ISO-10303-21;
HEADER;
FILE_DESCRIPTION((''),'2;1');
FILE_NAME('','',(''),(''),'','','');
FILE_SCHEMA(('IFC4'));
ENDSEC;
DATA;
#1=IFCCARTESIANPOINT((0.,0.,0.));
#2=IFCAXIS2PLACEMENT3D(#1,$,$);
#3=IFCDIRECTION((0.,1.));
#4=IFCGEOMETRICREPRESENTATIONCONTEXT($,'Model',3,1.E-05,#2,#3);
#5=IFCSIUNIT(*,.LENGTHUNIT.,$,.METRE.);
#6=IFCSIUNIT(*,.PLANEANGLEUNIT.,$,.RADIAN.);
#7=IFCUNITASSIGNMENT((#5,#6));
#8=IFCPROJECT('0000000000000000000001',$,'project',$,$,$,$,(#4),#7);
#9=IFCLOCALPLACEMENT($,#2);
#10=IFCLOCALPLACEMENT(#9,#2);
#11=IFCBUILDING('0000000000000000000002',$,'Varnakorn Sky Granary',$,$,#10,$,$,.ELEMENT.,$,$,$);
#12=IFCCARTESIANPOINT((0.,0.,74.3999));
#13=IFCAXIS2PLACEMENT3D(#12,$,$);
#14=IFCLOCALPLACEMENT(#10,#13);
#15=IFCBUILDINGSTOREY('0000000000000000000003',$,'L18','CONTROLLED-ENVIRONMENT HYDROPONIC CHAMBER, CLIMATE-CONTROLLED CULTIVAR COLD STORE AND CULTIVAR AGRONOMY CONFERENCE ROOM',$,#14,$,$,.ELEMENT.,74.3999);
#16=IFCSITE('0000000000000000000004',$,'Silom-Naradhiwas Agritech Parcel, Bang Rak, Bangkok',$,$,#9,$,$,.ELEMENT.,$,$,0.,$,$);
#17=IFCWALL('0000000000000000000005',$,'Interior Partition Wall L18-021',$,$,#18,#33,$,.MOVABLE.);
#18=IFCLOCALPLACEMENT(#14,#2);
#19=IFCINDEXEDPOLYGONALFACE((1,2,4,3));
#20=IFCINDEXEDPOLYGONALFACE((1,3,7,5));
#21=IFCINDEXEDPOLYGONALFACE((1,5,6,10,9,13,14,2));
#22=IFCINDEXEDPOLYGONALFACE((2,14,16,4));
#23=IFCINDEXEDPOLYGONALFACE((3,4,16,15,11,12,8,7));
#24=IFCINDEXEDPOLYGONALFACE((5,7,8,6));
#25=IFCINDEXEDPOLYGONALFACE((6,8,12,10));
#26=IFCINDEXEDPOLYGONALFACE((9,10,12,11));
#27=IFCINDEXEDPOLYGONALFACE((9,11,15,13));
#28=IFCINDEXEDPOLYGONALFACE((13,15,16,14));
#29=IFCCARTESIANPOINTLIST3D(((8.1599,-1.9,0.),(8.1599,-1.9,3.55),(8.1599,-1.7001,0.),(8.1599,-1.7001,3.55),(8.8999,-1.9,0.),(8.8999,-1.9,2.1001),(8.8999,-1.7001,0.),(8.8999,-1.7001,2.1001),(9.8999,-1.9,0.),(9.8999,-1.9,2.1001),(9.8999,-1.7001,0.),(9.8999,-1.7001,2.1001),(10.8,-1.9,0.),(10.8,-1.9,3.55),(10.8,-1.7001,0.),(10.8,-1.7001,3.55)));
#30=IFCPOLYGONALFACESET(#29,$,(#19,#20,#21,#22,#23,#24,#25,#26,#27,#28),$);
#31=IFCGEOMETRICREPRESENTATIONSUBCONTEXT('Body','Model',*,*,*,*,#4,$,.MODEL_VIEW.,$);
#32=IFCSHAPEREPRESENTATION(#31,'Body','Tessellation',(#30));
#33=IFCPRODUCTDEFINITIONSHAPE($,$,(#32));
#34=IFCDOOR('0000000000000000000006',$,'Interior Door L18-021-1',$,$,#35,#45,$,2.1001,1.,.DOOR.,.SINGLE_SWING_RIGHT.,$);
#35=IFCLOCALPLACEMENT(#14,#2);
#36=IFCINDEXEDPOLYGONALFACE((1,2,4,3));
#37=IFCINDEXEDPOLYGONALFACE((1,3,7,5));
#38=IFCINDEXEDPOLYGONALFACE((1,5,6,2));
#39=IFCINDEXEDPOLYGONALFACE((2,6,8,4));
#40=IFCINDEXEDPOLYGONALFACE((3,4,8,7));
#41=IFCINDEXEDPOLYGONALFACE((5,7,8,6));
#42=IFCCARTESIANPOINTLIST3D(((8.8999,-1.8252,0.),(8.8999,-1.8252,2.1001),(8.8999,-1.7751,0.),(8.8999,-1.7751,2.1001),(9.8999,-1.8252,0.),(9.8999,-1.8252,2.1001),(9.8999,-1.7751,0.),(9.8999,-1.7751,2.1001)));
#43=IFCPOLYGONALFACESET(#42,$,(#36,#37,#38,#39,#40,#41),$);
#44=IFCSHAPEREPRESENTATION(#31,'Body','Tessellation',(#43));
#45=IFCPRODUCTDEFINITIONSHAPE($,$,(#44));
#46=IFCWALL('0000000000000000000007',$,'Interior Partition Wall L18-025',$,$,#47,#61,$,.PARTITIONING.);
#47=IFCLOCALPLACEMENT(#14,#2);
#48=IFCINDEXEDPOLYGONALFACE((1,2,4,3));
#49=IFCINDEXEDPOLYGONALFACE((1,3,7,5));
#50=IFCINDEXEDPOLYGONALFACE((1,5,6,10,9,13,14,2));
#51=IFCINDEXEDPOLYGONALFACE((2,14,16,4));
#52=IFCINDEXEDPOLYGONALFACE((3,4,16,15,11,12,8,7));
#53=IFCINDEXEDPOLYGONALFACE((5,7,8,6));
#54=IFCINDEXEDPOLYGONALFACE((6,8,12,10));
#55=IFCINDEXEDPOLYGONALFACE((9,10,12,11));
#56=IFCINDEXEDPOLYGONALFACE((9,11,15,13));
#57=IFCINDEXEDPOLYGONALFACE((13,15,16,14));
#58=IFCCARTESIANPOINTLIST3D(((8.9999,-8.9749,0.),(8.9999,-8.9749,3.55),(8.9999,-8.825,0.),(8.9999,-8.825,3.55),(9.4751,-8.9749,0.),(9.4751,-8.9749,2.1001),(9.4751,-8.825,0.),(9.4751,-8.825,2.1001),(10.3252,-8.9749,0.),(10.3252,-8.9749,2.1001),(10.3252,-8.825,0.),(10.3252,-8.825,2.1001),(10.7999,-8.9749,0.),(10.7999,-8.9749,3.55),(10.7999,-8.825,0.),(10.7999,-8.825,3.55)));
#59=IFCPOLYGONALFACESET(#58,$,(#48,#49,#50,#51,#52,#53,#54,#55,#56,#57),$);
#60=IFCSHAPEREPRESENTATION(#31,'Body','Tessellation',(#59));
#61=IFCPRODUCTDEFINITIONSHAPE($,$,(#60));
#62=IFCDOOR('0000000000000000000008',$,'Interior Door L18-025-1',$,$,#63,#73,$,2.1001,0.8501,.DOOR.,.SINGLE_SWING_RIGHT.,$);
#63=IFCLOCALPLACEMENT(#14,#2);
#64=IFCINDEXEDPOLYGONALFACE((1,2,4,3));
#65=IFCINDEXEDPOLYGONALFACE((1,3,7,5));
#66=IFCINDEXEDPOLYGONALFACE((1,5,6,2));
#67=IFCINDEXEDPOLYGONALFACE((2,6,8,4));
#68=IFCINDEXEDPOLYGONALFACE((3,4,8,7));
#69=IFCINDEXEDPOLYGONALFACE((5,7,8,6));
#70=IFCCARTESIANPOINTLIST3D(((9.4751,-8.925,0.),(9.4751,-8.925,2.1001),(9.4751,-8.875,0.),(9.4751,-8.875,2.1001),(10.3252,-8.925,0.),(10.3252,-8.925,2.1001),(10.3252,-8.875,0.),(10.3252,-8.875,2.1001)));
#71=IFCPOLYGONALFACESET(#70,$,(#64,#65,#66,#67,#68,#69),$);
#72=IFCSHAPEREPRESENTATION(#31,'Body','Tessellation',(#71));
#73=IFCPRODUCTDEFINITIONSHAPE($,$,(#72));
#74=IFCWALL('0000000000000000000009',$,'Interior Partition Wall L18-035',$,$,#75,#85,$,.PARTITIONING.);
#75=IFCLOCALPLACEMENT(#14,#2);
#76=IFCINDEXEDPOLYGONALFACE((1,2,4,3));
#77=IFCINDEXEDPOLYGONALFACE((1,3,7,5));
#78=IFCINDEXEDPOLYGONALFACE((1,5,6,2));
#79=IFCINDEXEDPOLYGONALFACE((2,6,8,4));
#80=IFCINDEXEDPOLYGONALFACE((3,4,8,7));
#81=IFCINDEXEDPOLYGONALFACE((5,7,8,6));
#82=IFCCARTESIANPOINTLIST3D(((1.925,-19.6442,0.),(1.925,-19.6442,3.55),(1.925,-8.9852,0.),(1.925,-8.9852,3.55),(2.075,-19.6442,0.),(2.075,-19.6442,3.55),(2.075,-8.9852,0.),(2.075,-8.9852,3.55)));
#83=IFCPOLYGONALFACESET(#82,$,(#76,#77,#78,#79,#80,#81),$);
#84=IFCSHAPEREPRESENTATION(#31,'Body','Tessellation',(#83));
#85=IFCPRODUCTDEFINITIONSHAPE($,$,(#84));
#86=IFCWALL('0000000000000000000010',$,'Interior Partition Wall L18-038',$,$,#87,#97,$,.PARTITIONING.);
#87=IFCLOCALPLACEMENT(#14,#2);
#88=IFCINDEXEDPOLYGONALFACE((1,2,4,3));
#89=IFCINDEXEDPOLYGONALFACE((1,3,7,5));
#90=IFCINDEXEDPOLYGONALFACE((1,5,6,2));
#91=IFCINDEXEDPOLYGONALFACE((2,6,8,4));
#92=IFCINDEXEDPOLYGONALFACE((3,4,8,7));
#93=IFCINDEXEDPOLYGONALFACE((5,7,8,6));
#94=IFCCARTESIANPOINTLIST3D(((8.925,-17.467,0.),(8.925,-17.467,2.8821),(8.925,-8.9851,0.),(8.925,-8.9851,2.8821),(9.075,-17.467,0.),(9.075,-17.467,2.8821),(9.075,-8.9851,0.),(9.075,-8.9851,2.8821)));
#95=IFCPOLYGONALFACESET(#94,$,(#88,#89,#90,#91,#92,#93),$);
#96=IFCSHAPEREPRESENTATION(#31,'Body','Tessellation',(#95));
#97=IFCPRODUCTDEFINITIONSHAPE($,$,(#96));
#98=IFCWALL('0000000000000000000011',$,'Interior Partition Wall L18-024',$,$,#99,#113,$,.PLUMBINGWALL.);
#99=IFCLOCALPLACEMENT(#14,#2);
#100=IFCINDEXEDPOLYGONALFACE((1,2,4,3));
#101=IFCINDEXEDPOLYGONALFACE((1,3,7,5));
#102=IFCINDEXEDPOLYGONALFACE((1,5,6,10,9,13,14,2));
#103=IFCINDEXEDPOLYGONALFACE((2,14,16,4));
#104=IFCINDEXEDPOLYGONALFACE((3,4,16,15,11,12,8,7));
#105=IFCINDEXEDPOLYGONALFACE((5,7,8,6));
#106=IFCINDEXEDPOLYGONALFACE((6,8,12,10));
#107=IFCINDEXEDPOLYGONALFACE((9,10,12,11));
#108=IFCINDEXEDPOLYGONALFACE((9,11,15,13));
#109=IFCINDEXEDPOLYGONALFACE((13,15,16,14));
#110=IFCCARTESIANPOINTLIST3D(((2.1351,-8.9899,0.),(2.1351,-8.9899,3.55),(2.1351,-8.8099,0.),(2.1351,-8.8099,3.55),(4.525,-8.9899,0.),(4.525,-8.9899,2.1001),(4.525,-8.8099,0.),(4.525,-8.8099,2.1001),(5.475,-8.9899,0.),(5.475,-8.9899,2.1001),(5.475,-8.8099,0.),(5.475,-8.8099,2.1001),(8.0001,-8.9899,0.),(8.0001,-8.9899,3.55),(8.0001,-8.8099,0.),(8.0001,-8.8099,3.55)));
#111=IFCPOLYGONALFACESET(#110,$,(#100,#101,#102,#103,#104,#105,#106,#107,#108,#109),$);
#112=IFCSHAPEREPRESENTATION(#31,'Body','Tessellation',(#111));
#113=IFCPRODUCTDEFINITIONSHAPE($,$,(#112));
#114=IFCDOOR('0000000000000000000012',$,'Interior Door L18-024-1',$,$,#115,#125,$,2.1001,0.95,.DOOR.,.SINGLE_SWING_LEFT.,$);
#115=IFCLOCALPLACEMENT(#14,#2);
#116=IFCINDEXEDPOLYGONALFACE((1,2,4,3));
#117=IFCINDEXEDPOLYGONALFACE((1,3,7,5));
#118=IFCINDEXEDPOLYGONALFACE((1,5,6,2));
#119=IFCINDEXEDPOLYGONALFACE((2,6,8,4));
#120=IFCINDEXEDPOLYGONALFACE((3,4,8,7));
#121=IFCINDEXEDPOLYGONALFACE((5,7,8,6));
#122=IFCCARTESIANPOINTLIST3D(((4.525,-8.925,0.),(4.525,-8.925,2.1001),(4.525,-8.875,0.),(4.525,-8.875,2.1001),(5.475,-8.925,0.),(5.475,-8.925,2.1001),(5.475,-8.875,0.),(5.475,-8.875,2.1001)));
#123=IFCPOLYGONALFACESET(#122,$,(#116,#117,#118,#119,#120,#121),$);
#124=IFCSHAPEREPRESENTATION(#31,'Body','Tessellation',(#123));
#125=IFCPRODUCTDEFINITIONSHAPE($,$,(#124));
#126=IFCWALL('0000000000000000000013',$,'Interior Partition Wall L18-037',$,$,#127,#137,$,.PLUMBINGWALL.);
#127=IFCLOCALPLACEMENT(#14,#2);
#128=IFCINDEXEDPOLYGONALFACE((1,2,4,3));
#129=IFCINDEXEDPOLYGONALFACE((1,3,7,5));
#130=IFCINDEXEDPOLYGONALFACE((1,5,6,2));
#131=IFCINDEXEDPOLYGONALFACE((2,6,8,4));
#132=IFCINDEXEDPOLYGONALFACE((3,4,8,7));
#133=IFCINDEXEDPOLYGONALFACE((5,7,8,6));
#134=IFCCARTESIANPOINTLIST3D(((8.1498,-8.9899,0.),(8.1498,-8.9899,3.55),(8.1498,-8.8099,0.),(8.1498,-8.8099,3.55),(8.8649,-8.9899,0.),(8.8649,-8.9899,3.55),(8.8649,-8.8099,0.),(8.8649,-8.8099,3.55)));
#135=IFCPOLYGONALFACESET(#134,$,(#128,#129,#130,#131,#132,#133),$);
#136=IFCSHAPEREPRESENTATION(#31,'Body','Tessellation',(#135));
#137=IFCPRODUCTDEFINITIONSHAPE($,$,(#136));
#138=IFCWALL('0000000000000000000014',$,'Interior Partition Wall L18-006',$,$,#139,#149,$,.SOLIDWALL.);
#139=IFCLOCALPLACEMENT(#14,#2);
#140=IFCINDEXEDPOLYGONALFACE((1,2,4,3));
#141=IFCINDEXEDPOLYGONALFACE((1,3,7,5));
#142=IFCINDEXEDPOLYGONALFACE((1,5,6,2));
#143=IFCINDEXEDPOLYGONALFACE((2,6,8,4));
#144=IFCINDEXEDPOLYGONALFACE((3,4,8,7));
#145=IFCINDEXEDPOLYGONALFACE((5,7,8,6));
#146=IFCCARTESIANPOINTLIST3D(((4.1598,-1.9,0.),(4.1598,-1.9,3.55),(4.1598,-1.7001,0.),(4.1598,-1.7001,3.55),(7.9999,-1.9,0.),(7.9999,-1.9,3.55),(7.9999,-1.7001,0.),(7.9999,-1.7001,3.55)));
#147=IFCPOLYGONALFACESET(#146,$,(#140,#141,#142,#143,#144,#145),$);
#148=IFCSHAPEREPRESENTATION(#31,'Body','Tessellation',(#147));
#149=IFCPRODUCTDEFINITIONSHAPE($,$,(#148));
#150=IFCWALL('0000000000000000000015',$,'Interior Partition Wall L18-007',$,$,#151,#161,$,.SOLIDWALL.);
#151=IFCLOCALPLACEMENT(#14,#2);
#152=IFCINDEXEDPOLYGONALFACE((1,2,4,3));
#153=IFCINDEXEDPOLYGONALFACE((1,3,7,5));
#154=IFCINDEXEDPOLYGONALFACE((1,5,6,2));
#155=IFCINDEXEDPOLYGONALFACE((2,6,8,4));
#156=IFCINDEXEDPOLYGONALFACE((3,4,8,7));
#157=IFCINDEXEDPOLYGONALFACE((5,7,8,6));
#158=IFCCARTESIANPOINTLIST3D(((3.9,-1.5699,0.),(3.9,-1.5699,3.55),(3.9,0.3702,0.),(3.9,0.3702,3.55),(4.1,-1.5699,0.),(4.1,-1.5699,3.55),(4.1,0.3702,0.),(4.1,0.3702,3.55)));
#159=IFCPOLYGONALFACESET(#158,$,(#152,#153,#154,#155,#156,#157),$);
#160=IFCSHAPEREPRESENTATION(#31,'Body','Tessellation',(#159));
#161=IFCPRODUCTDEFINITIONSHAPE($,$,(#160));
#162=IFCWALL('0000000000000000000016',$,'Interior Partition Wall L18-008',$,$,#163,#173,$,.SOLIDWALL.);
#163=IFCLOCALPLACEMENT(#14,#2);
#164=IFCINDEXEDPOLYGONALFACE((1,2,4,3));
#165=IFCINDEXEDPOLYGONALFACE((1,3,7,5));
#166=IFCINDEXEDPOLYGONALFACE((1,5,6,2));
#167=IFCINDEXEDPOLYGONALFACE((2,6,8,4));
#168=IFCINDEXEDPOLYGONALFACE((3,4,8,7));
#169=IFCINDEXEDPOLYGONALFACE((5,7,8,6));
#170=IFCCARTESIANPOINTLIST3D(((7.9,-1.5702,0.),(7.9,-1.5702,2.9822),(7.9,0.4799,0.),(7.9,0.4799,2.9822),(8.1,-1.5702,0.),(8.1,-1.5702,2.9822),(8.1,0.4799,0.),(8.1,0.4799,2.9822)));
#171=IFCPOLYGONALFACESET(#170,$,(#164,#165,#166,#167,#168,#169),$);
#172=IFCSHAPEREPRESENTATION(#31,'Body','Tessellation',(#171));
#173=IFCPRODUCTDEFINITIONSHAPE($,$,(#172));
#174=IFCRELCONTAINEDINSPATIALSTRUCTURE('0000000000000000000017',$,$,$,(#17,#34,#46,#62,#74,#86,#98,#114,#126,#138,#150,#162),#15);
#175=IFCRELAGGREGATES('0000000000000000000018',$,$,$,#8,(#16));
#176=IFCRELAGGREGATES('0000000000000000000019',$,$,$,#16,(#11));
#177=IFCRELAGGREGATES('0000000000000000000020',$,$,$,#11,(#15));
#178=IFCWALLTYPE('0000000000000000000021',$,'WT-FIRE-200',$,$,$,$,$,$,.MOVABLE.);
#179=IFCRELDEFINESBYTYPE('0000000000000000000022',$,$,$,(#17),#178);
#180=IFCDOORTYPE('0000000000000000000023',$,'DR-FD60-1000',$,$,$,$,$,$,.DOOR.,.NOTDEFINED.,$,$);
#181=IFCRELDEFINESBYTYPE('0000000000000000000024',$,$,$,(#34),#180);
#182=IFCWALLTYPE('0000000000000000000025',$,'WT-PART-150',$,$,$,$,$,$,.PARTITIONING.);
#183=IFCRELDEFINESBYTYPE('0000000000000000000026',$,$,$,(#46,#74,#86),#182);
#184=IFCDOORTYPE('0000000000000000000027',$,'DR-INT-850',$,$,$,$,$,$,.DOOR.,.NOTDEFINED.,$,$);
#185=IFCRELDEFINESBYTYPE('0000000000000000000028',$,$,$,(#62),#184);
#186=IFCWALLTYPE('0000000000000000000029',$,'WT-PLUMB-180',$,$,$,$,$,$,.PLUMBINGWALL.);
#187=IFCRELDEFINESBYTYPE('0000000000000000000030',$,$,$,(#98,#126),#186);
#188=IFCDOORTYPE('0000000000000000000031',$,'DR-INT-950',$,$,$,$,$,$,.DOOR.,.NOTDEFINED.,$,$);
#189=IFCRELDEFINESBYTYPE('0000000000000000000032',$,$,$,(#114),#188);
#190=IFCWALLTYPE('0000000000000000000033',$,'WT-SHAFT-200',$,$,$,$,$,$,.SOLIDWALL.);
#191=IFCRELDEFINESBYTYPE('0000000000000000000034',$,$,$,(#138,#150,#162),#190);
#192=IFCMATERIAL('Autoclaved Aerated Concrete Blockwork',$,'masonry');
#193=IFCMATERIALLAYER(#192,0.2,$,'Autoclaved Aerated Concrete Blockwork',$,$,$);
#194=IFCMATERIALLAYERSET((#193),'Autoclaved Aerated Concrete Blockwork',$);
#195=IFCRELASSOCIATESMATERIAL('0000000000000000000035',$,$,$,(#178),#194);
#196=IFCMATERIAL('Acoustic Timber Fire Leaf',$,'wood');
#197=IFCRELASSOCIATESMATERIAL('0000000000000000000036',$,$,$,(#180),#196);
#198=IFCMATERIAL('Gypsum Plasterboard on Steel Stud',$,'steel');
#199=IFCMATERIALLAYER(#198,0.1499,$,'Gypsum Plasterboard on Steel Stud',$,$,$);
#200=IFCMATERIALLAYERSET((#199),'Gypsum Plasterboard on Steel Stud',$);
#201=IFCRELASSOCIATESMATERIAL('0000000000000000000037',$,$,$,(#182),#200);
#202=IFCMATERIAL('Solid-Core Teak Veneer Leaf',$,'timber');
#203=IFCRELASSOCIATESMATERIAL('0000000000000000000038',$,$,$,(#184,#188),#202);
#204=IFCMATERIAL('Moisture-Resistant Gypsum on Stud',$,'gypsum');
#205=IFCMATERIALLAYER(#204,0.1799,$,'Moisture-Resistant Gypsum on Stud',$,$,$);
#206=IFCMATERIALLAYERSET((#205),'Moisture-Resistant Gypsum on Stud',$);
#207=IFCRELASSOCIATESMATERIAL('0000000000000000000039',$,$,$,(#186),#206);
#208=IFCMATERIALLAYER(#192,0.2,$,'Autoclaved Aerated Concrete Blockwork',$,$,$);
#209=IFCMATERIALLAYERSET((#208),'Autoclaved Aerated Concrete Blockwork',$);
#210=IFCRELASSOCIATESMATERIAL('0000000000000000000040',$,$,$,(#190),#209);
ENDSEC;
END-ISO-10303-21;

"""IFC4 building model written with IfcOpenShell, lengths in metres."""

from ifc_helpers import new_model, si_unit, direction, frame, frame_2d, origin, place, context, subcontext, project, spatial, rectangle, extrude, material, layer, layer_set, type_object, element, fill, save


model = new_model("IFC4")

# Units and contexts
model_context = context("Model", 3, precision=1e-05, world=origin(), true_north=direction((0.0, 1.0)))
body_context = subcontext(model_context, "Body", "Model", "MODEL_VIEW")
ifc_project = project(units=[si_unit("LENGTHUNIT", "METRE"), si_unit("PLANEANGLEUNIT", "RADIAN")], contexts=[model_context])

# Site, building, storey
site_placement = place(None, origin())
site = spatial("IfcSite", under=ifc_project, at=site_placement, Name="Silom-Naradhiwas Agritech Parcel, Bang Rak, Bangkok", CompositionType="ELEMENT", RefElevation=0.0)
building_placement = place(site_placement, origin())
building = spatial("IfcBuilding", under=site, at=building_placement, Name="Varnakorn Sky Granary", CompositionType="ELEMENT")
storey_placement = place(building_placement, frame((0.0, 0.0, 74.3999)))
storey = spatial("IfcBuildingStorey", under=building, at=storey_placement, Name="L18", Description="CONTROLLED-ENVIRONMENT HYDROPONIC CHAMBER, CLIMATE-CONTROLLED CULTIVAR COLD STORE AND CULTIVAR AGRONOMY CONFERENCE ROOM", CompositionType="ELEMENT", Elevation=74.3999)

# Walls, openings, doors
ifc_material_1 = material(Name="Autoclaved Aerated Concrete Blockwork", Category="masonry")
ifc_layer_1 = layer(ifc_material_1, 0.2, Name="Autoclaved Aerated Concrete Blockwork")
ifc_layer_set_1 = layer_set([ifc_layer_1], Name="Autoclaved Aerated Concrete Blockwork")
wall_type_1 = type_object("IfcWallType", Name="WT-FIRE-200", PredefinedType="MOVABLE", material=ifc_layer_set_1)
ifc_material_2 = material(Name="Acoustic Timber Fire Leaf", Category="wood")
door_type_1 = type_object("IfcDoorType", Name="DR-FD60-1000", OperationType="NOTDEFINED", PredefinedType="DOOR", material=ifc_material_2)
wall_1_placement = place(storey_placement, frame((8.1599, -1.8, 0.0), z_axis=(0.0, 0.0, 1.0), x_axis=(1.0, 0.0, 0.0)))
wall_1 = element("IfcWall", 1, at=wall_1_placement, inside=storey, type_object=wall_type_1, Name="Interior Partition Wall L18-021", PredefinedType="MOVABLE", context=body_context, shape_type="SweptSolid", body=[
    extrude(rectangle(XDim=2.6401, YDim=0.2, at=frame_2d((1.3201, 0.0))), origin(), (0.0, 0.0, 1.0), 3.55),
])
opening_1_placement = place(wall_1_placement, frame((0.74, 0.0, 0.0)))
opening_1 = element("IfcOpeningElement", 2, at=opening_1_placement, cuts=wall_1, PredefinedType="OPENING", context=body_context, shape_type="SweptSolid", body=[
    extrude(rectangle(XDim=1.0, YDim=2.1001, at=frame_2d((0.5, 1.05))), frame((0.0, 0.1099, 0.0), z_axis=(0.0, -1.0, 0.0), x_axis=(1.0, 0.0, 0.0)), (0.0, 0.0, 1.0), 0.22),
])
door_1_placement = place(opening_1_placement, origin())
door_1 = element("IfcDoor", 3, at=door_1_placement, inside=storey, type_object=door_type_1, Name="Interior Door L18-021-1", OperationType="SINGLE_SWING_RIGHT", OverallHeight=2.1001, OverallWidth=1.0, PredefinedType="DOOR", context=body_context, shape_type="SweptSolid", body=[
    extrude(rectangle(XDim=1.0, YDim=2.1001, at=frame_2d((0.5, 1.05))), frame((0.0, 0.0249, 0.0), z_axis=(0.0, -1.0, 0.0), x_axis=(1.0, 0.0, 0.0)), (0.0, 0.0, 1.0), 0.05),
])
fill(opening_1, door_1)
ifc_material_3 = material(Name="Gypsum Plasterboard on Steel Stud", Category="steel")
ifc_layer_2 = layer(ifc_material_3, 0.1499, Name="Gypsum Plasterboard on Steel Stud")
ifc_layer_set_2 = layer_set([ifc_layer_2], Name="Gypsum Plasterboard on Steel Stud")
wall_type_2 = type_object("IfcWallType", Name="WT-PART-150", PredefinedType="PARTITIONING", material=ifc_layer_set_2)
wall_2_placement = place(storey_placement, frame((9.0, -8.8999, 0.0), z_axis=(0.0, 0.0, 1.0), x_axis=(1.0, 0.0, 0.0)))
wall_2 = element("IfcWall", 4, at=wall_2_placement, inside=storey, type_object=wall_type_2, Name="Interior Partition Wall L18-025", PredefinedType="PARTITIONING", context=body_context, shape_type="SweptSolid", body=[
    extrude(rectangle(XDim=1.8, YDim=0.1499, at=frame_2d((0.8999, 0.0))), origin(), (0.0, 0.0, 1.0), 3.55),
])
opening_2_placement = place(wall_2_placement, frame((0.4751, 0.0, 0.0)))
opening_2 = element("IfcOpeningElement", 5, at=opening_2_placement, cuts=wall_2, PredefinedType="OPENING", context=body_context, shape_type="SweptSolid", body=[
    extrude(rectangle(XDim=0.8501, YDim=2.1001, at=frame_2d((0.425, 1.05))), frame((0.0, 0.085, 0.0), z_axis=(0.0, -1.0, 0.0), x_axis=(1.0, 0.0, 0.0)), (0.0, 0.0, 1.0), 0.1699),
])
ifc_material_4 = material(Name="Solid-Core Teak Veneer Leaf", Category="timber")
door_type_2 = type_object("IfcDoorType", Name="DR-INT-850", OperationType="NOTDEFINED", PredefinedType="DOOR", material=ifc_material_4)
door_2_placement = place(opening_2_placement, origin())
door_2 = element("IfcDoor", 6, at=door_2_placement, inside=storey, type_object=door_type_2, Name="Interior Door L18-025-1", OperationType="SINGLE_SWING_RIGHT", OverallHeight=2.1001, OverallWidth=0.8501, PredefinedType="DOOR", context=body_context, shape_type="SweptSolid", body=[
    extrude(rectangle(XDim=0.8501, YDim=2.1001, at=frame_2d((0.425, 1.05))), frame((0.0, 0.0249, 0.0), z_axis=(0.0, -1.0, 0.0), x_axis=(1.0, 0.0, 0.0)), (0.0, 0.0, 1.0), 0.05),
])
fill(opening_2, door_2)

# Walls
wall_3_placement = place(storey_placement, frame((2.0, -8.9851, 0.0), z_axis=(0.0, 0.0, 1.0), x_axis=(0.0, -1.0, 0.0)))
element("IfcWall", 7, at=wall_3_placement, inside=storey, type_object=wall_type_2, Name="Interior Partition Wall L18-035", PredefinedType="PARTITIONING", context=body_context, shape_type="SweptSolid", body=[
    extrude(rectangle(XDim=10.6589, YDim=0.1499, at=frame_2d((5.3296, 0.0))), origin(), (0.0, 0.0, 1.0), 3.55),
])
wall_4_placement = place(storey_placement, frame((9.0, -8.9851, 0.0), z_axis=(0.0, 0.0, 1.0), x_axis=(0.0, -1.0, 0.0)))
element("IfcWall", 8, at=wall_4_placement, inside=storey, type_object=wall_type_2, Name="Interior Partition Wall L18-038", PredefinedType="PARTITIONING", context=body_context, shape_type="SweptSolid", body=[
    extrude(rectangle(XDim=8.4819, YDim=0.1499, at=frame_2d((4.241, 0.0))), origin(), (0.0, 0.0, 1.0), 2.8821),
])

# Wall, opening, door
ifc_material_5 = material(Name="Moisture-Resistant Gypsum on Stud", Category="gypsum")
ifc_layer_3 = layer(ifc_material_5, 0.1799, Name="Moisture-Resistant Gypsum on Stud")
ifc_layer_set_3 = layer_set([ifc_layer_3], Name="Moisture-Resistant Gypsum on Stud")
wall_type_3 = type_object("IfcWallType", Name="WT-PLUMB-180", PredefinedType="PLUMBINGWALL", material=ifc_layer_set_3)
wall_5_placement = place(storey_placement, frame((2.135, -8.8999, 0.0), z_axis=(0.0, 0.0, 1.0), x_axis=(1.0, 0.0, 0.0)))
wall_5 = element("IfcWall", 9, at=wall_5_placement, inside=storey, type_object=wall_type_3, Name="Interior Partition Wall L18-024", PredefinedType="PLUMBINGWALL", context=body_context, shape_type="SweptSolid", body=[
    extrude(rectangle(XDim=5.865, YDim=0.1799, at=frame_2d((2.9326, 0.0))), origin(), (0.0, 0.0, 1.0), 3.55),
])
opening_3_placement = place(wall_5_placement, frame((2.3899, 0.0, 0.0)))
opening_3 = element("IfcOpeningElement", 10, at=opening_3_placement, cuts=wall_5, PredefinedType="OPENING", context=body_context, shape_type="SweptSolid", body=[
    extrude(rectangle(XDim=0.95, YDim=2.1001, at=frame_2d((0.4751, 1.05))), frame((0.0, 0.1001, 0.0), z_axis=(0.0, -1.0, 0.0), x_axis=(1.0, 0.0, 0.0)), (0.0, 0.0, 1.0), 0.2),
])
door_type_3 = type_object("IfcDoorType", Name="DR-INT-950", OperationType="NOTDEFINED", PredefinedType="DOOR", material=ifc_material_4)
door_3_placement = place(opening_3_placement, origin())
door_3 = element("IfcDoor", 11, at=door_3_placement, inside=storey, type_object=door_type_3, Name="Interior Door L18-024-1", OperationType="SINGLE_SWING_LEFT", OverallHeight=2.1001, OverallWidth=0.95, PredefinedType="DOOR", context=body_context, shape_type="SweptSolid", body=[
    extrude(rectangle(XDim=0.95, YDim=2.1001, at=frame_2d((0.4751, 1.05))), frame((0.0, 0.0249, 0.0), z_axis=(0.0, -1.0, 0.0), x_axis=(1.0, 0.0, 0.0)), (0.0, 0.0, 1.0), 0.05),
])
fill(opening_3, door_3)

# Walls
wall_6_placement = place(storey_placement, frame((8.1499, -8.8999, 0.0), z_axis=(0.0, 0.0, 1.0), x_axis=(1.0, 0.0, 0.0)))
element("IfcWall", 12, at=wall_6_placement, inside=storey, type_object=wall_type_3, Name="Interior Partition Wall L18-037", PredefinedType="PLUMBINGWALL", context=body_context, shape_type="SweptSolid", body=[
    extrude(rectangle(XDim=0.7151, YDim=0.1799, at=frame_2d((0.3574, 0.0))), origin(), (0.0, 0.0, 1.0), 3.55),
])
ifc_layer_4 = layer(ifc_material_1, 0.2, Name="Autoclaved Aerated Concrete Blockwork")
ifc_layer_set_4 = layer_set([ifc_layer_4], Name="Autoclaved Aerated Concrete Blockwork")
wall_type_4 = type_object("IfcWallType", Name="WT-SHAFT-200", PredefinedType="SOLIDWALL", material=ifc_layer_set_4)
wall_7_placement = place(storey_placement, frame((4.1599, -1.8, 0.0), z_axis=(0.0, 0.0, 1.0), x_axis=(1.0, 0.0, 0.0)))
element("IfcWall", 13, at=wall_7_placement, inside=storey, type_object=wall_type_4, Name="Interior Partition Wall L18-006", PredefinedType="SOLIDWALL", context=body_context, shape_type="SweptSolid", body=[
    extrude(rectangle(XDim=3.8401, YDim=0.2, at=frame_2d((1.9199, 0.0))), origin(), (0.0, 0.0, 1.0), 3.55),
])
wall_8_placement = place(storey_placement, frame((4.0, -1.5701, 0.0), z_axis=(0.0, 0.0, 1.0), x_axis=(0.0, 1.0, 0.0)))
element("IfcWall", 14, at=wall_8_placement, inside=storey, type_object=wall_type_4, Name="Interior Partition Wall L18-007", PredefinedType="SOLIDWALL", context=body_context, shape_type="SweptSolid", body=[
    extrude(rectangle(XDim=1.9402, YDim=0.2, at=frame_2d((0.9702, 0.0))), origin(), (0.0, 0.0, 1.0), 3.55),
])
wall_9_placement = place(storey_placement, frame((8.0, -1.5701, 0.0), z_axis=(0.0, 0.0, 1.0), x_axis=(0.0, 1.0, 0.0)))
element("IfcWall", 15, at=wall_9_placement, inside=storey, type_object=wall_type_4, Name="Interior Partition Wall L18-008", PredefinedType="SOLIDWALL", context=body_context, shape_type="SweptSolid", body=[
    extrude(rectangle(XDim=2.05, YDim=0.2, at=frame_2d((1.0249, 0.0))), origin(), (0.0, 0.0, 1.0), 2.9822),
])

save(model, "model.ifc")
